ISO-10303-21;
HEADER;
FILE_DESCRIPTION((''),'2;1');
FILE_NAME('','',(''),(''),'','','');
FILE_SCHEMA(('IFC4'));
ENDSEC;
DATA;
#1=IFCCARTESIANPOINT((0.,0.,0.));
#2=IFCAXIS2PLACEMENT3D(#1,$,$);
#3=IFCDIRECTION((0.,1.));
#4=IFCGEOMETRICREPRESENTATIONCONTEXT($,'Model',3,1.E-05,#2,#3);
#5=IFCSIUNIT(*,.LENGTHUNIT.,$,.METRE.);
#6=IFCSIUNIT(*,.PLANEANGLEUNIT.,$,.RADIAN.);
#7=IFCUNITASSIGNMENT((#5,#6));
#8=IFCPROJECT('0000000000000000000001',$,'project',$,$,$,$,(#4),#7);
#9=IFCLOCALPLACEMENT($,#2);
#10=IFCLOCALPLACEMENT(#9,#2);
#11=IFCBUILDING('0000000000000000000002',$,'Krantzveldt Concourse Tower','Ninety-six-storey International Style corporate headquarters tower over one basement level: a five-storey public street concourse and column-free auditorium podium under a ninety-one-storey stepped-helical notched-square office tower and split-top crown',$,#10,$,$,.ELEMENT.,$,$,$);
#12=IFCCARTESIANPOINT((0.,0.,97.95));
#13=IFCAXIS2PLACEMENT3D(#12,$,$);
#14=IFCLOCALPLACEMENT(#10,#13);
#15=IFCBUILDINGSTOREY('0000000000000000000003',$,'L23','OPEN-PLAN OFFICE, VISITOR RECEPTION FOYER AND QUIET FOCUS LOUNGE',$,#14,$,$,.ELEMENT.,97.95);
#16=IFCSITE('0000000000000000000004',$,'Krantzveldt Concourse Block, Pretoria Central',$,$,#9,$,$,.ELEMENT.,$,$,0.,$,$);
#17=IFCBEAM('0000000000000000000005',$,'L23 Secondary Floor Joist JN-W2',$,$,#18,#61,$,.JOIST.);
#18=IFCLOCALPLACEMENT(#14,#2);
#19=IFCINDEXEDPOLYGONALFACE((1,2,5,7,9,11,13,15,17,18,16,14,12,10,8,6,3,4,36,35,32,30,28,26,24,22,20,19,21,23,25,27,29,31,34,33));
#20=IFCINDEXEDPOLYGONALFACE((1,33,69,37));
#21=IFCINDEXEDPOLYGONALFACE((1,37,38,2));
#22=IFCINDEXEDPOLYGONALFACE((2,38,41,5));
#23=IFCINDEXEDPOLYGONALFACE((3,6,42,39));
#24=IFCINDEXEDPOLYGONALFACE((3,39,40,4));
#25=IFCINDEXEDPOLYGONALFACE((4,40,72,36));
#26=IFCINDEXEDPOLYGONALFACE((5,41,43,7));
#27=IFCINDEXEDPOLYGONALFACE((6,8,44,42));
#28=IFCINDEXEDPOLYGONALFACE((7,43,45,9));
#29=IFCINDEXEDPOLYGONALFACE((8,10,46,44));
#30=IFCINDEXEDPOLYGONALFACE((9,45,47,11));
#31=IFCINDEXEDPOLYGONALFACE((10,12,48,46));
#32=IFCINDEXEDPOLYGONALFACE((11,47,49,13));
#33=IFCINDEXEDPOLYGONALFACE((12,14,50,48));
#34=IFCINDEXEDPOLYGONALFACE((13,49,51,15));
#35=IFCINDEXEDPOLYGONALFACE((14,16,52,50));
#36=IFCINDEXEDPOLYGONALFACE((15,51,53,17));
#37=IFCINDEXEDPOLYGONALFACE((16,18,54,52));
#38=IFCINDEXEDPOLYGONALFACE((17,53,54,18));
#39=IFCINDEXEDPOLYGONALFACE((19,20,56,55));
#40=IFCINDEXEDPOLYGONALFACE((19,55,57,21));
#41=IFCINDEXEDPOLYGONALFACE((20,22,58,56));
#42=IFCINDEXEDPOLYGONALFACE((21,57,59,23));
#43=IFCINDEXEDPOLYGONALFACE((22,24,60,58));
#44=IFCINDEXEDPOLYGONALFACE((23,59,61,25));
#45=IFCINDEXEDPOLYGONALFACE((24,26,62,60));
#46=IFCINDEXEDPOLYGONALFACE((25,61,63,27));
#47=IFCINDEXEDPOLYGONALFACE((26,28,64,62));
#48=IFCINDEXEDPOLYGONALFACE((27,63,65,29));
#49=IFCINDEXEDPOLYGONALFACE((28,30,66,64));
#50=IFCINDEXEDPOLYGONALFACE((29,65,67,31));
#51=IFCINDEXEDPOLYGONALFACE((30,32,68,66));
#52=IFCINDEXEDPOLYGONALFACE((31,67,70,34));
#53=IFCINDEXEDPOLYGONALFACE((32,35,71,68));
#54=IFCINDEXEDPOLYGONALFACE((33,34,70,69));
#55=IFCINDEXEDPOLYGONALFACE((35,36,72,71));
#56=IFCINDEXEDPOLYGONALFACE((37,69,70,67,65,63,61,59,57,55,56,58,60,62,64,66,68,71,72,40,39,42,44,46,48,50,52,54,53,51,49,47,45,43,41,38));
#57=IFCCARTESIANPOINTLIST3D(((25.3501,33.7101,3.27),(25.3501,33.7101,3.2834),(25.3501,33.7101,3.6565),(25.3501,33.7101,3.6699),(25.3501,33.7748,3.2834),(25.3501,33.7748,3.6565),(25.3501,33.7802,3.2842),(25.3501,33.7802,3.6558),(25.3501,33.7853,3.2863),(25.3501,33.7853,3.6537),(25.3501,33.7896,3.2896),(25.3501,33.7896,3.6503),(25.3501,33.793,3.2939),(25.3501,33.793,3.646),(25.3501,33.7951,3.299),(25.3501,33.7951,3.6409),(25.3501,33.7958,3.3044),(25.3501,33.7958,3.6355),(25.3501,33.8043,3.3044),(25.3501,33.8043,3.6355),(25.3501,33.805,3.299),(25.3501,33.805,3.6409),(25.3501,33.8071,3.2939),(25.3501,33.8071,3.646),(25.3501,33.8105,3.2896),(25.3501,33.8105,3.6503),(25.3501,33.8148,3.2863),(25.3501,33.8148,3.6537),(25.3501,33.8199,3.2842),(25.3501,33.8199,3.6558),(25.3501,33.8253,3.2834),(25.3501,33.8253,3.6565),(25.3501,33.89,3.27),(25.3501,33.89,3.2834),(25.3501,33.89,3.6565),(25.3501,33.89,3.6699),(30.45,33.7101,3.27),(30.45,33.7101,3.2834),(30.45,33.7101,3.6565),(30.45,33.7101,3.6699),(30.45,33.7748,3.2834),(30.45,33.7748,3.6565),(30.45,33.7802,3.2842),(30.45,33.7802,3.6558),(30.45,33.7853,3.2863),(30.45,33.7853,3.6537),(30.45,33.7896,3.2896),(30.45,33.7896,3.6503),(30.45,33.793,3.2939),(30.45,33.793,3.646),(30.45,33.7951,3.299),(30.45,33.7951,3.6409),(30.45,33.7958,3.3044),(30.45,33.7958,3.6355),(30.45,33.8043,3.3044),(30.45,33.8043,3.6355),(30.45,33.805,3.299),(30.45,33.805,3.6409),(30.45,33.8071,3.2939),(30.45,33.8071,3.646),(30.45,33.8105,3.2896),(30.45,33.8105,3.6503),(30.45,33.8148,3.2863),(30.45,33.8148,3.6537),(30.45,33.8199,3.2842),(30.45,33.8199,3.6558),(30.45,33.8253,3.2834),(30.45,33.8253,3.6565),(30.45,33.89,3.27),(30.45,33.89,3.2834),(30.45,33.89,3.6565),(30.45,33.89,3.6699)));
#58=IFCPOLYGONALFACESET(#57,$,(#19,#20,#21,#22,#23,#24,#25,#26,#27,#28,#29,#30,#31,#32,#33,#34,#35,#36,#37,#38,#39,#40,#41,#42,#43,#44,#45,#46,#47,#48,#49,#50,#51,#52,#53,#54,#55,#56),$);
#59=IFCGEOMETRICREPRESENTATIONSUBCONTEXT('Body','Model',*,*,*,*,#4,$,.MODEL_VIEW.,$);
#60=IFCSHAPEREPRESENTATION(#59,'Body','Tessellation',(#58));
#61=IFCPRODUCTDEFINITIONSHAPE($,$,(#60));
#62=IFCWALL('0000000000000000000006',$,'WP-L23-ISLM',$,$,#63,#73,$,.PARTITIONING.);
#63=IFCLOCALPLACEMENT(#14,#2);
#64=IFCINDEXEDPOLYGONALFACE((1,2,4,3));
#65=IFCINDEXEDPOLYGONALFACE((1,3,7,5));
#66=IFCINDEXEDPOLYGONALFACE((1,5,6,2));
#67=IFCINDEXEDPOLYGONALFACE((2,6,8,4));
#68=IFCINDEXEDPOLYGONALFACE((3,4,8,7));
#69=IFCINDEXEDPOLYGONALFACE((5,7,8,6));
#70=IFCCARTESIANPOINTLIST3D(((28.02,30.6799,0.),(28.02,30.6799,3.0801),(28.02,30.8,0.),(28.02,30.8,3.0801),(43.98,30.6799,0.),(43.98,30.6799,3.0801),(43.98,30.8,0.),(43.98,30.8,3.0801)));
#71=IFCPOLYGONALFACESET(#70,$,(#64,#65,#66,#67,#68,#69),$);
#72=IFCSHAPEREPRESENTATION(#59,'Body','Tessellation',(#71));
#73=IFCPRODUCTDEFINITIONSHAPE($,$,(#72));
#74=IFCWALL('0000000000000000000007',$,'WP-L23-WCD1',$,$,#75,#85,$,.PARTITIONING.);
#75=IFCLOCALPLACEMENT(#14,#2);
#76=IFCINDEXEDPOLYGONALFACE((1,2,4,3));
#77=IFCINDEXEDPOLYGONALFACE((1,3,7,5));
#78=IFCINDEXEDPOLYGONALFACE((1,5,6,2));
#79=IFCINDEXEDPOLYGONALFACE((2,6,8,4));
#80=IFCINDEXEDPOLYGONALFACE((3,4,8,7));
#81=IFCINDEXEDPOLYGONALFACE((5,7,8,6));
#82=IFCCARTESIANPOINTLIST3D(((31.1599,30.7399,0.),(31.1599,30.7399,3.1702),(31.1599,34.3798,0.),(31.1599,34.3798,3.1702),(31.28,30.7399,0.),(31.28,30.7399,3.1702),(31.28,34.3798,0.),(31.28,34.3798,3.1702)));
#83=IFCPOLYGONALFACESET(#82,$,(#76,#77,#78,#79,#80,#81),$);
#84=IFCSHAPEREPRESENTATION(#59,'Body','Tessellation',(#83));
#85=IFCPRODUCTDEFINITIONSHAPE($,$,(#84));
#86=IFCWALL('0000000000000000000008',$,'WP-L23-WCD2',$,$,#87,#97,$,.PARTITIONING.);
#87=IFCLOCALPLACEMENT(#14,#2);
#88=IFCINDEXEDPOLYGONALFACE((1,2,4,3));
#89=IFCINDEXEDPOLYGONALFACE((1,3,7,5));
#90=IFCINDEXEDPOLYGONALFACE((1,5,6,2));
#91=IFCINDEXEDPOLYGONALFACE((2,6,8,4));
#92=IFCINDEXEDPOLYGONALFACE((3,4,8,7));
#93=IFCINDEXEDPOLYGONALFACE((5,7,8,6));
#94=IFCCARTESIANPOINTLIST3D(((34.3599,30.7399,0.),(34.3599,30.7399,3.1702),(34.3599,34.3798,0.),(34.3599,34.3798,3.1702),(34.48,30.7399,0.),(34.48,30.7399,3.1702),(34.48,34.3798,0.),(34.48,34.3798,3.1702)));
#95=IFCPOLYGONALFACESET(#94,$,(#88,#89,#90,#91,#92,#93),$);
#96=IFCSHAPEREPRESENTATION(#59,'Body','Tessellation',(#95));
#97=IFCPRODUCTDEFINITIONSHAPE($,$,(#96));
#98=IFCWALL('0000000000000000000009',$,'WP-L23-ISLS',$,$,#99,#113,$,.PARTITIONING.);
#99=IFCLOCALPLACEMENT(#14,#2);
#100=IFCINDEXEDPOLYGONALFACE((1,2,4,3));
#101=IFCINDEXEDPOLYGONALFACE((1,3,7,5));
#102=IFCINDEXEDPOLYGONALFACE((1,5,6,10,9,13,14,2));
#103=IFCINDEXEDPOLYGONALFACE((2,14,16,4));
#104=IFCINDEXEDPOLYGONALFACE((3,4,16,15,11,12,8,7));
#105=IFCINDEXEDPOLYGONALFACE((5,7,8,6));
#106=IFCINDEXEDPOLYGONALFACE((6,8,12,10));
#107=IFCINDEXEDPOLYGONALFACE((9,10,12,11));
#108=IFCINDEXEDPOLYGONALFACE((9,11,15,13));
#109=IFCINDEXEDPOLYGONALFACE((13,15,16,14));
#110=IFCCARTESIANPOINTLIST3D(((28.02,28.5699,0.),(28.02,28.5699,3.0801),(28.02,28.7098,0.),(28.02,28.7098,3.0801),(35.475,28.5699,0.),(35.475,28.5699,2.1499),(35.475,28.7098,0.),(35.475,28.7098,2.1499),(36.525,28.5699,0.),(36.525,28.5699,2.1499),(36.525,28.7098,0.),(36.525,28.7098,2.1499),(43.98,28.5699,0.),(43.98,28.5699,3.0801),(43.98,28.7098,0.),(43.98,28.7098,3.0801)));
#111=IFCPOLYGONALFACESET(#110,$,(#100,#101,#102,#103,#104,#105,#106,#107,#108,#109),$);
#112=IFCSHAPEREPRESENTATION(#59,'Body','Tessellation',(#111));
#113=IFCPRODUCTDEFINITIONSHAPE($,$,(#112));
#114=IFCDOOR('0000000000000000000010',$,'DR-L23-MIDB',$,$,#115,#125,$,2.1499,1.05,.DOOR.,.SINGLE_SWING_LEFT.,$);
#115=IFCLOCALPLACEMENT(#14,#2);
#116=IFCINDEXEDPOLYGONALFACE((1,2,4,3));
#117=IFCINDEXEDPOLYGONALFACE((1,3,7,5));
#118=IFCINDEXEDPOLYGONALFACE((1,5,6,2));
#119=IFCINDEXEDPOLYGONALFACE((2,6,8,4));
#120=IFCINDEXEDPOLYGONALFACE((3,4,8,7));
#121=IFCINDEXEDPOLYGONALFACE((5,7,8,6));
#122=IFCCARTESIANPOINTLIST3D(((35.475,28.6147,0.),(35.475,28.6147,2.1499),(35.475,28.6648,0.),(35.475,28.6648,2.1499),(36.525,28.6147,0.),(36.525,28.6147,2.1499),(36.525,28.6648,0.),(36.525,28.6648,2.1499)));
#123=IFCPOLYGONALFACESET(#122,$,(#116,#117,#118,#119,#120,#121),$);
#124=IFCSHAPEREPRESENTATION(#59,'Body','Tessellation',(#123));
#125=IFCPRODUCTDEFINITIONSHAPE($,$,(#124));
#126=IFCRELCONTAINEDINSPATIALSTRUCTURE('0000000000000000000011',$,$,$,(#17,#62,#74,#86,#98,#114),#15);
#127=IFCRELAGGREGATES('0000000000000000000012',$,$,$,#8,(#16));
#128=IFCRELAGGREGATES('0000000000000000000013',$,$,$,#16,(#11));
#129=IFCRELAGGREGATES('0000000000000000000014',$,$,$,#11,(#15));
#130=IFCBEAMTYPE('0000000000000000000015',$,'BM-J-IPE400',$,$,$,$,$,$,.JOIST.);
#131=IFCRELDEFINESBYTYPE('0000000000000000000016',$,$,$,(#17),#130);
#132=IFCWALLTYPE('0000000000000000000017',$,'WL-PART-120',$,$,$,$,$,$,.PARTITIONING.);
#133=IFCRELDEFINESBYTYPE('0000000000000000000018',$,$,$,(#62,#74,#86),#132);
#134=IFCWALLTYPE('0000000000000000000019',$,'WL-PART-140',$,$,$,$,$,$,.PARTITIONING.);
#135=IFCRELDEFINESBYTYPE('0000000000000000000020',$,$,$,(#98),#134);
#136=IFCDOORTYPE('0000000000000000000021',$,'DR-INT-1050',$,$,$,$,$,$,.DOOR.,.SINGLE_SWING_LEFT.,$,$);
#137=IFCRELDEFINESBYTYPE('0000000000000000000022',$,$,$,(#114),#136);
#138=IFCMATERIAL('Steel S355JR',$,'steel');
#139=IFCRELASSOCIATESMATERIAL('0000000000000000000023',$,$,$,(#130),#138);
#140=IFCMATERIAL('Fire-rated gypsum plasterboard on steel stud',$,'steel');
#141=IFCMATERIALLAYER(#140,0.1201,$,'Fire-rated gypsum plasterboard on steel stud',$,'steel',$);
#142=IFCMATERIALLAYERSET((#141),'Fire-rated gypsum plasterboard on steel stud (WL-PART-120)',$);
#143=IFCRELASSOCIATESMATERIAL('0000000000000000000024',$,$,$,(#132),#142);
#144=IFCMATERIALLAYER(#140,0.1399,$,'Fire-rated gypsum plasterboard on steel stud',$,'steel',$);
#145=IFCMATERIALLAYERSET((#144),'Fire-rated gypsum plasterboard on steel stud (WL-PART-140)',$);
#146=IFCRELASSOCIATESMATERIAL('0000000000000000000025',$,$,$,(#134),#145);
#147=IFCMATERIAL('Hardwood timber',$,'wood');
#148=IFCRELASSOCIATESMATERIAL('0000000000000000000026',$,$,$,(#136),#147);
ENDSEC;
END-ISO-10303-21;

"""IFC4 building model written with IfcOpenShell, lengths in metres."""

from ifc_helpers import new_model, si_unit, direction, frame, frame_2d, origin, origin_2d, place, context, subcontext, project, spatial, rectangle, i_section, extrude, source, transform, mapped, material, layer, layer_set, material_profile, profile_set, type_object, type_shapes, element, fill, save


model = new_model("IFC4")

# Units and contexts
model_context = context("Model", 3, precision=1e-05, world=origin(), true_north=direction((0.0, 1.0)))
body_context = subcontext(model_context, "Body", "Model", "MODEL_VIEW")
ifc_project = project(units=[si_unit("LENGTHUNIT", "METRE"), si_unit("PLANEANGLEUNIT", "RADIAN")], contexts=[model_context])

# Site, building, storey
site_placement = place(None, origin())
site = spatial("IfcSite", under=ifc_project, at=site_placement, Name="Krantzveldt Concourse Block, Pretoria Central", CompositionType="ELEMENT", RefElevation=0.0)
building_placement = place(site_placement, origin())
building = spatial("IfcBuilding", under=site, at=building_placement, Name="Krantzveldt Concourse Tower", Description="Ninety-six-storey International Style corporate headquarters tower over one basement level: a five-storey public street concourse and column-free auditorium podium under a ninety-one-storey stepped-helical notched-square office tower and split-top crown", CompositionType="ELEMENT")
storey_placement = place(building_placement, frame((0.0, 0.0, 97.95)))
storey = spatial("IfcBuildingStorey", under=building, at=storey_placement, Name="L23", Description="OPEN-PLAN OFFICE, VISITOR RECEPTION FOYER AND QUIET FOCUS LOUNGE", CompositionType="ELEMENT", Elevation=97.95)

# Beam
ifc_material_1 = material(Name="Steel S355JR", Category="steel")
ifc_material_profile_1 = material_profile(ifc_material_1, i_section(OverallWidth=0.1799, OverallDepth=0.3999, WebThickness=0.0085, FlangeThickness=0.0134, FilletRadius=0.021, at=origin_2d()), Name="Steel S355JR", Category="steel")
ifc_profile_set_1 = profile_set([ifc_material_profile_1], Name="Steel S355JR - IPE 400")
beam_type_1 = type_object("IfcBeamType", Name="BM-J-IPE400", PredefinedType="JOIST", material=ifc_profile_set_1)
shared_shape_1 = source(origin(), body_context, "Body", "SweptSolid", [
    extrude(i_section(OverallWidth=0.1799, OverallDepth=0.3999, WebThickness=0.0085, FlangeThickness=0.0134, FilletRadius=0.021, at=origin_2d()), origin(), (0.0, 0.0, 1.0), 5.0999),
])
type_shapes(beam_type_1, [shared_shape_1])
beam_1_placement = place(storey_placement, frame((25.3501, 33.8, 3.47), z_axis=(1.0, 0.0, 0.0), x_axis=(0.0, 1.0, 0.0)))
element("IfcBeam", 1, at=beam_1_placement, inside=storey, type_object=beam_type_1, Name="L23 Secondary Floor Joist JN-W2", PredefinedType="JOIST", context=body_context, shape_type="MappedRepresentation", body=[
    mapped(shared_shape_1, transform((0.0, 0.0, 0.0), x_axis=(1.0, 0.0, 0.0), y_axis=(0.0, 1.0, 0.0), z_axis=(0.0, 0.0, 1.0), scale=1.0)),
])

# Walls
ifc_material_2 = material(Name="Fire-rated gypsum plasterboard on steel stud", Category="steel")
ifc_layer_1 = layer(ifc_material_2, 0.1201, Name="Fire-rated gypsum plasterboard on steel stud", Category="steel")
ifc_layer_set_1 = layer_set([ifc_layer_1], Name="Fire-rated gypsum plasterboard on steel stud (WL-PART-120)")
wall_type_1 = type_object("IfcWallType", Name="WL-PART-120", PredefinedType="PARTITIONING", material=ifc_layer_set_1)
wall_1_placement = place(storey_placement, frame((28.02, 30.74, 0.0), z_axis=(0.0, 0.0, 1.0), x_axis=(1.0, 0.0, 0.0)))
element("IfcWall", 2, at=wall_1_placement, inside=storey, type_object=wall_type_1, Name="WP-L23-ISLM", PredefinedType="PARTITIONING", context=body_context, shape_type="SweptSolid", body=[
    extrude(rectangle(XDim=15.96, YDim=0.1201, at=frame_2d((7.98, 0.0))), origin(), (0.0, 0.0, 1.0), 3.0801),
])
for number, where, z_axis, x_axis, name in (
    (3, (31.22, 30.74, 0.0), (0.0, 0.0, 1.0), (0.0, 1.0, 0.0), "WP-L23-WCD1"),
    (4, (34.4199, 30.74, 0.0), (0.0, 0.0, 1.0), (0.0, 1.0, 0.0), "WP-L23-WCD2"),
):
    element("IfcWall", number, at=place(storey_placement, frame(where, z_axis=z_axis, x_axis=x_axis)), inside=storey, type_object=wall_type_1, Name=name, PredefinedType="PARTITIONING", context=body_context, shape_type="SweptSolid", body=[
        extrude(rectangle(XDim=3.6399, YDim=0.1201, at=frame_2d((1.8198, 0.0))), origin(), (0.0, 0.0, 1.0), 3.1702),
    ])

# Wall, opening, door
ifc_layer_2 = layer(ifc_material_2, 0.1399, Name="Fire-rated gypsum plasterboard on steel stud", Category="steel")
ifc_layer_set_2 = layer_set([ifc_layer_2], Name="Fire-rated gypsum plasterboard on steel stud (WL-PART-140)")
wall_type_2 = type_object("IfcWallType", Name="WL-PART-140", PredefinedType="PARTITIONING", material=ifc_layer_set_2)
wall_2_placement = place(storey_placement, frame((28.02, 28.6399, 0.0), z_axis=(0.0, 0.0, 1.0), x_axis=(1.0, 0.0, 0.0)))
wall_2 = element("IfcWall", 5, at=wall_2_placement, inside=storey, type_object=wall_type_2, Name="WP-L23-ISLS", PredefinedType="PARTITIONING", context=body_context, shape_type="SweptSolid", body=[
    extrude(rectangle(XDim=15.96, YDim=0.1399, at=frame_2d((7.98, 0.0))), origin(), (0.0, 0.0, 1.0), 3.0801),
])
opening_1_placement = place(wall_2_placement, frame((7.4551, 0.0, 0.0)))
opening_1 = element("IfcOpeningElement", 6, at=opening_1_placement, cuts=wall_2, PredefinedType="OPENING", context=body_context, shape_type="SweptSolid", body=[
    extrude(rectangle(XDim=1.05, YDim=2.1499, at=frame_2d((0.5249, 1.075))), frame((0.0, 0.0801, 0.0), z_axis=(0.0, -1.0, 0.0), x_axis=(1.0, 0.0, 0.0)), (0.0, 0.0, 1.0), 0.1599),
])
ifc_material_3 = material(Name="Hardwood timber", Category="wood")
door_type_1 = type_object("IfcDoorType", Name="DR-INT-1050", OperationType="SINGLE_SWING_LEFT", PredefinedType="DOOR", material=ifc_material_3)
door_1_placement = place(opening_1_placement, origin())
door_1 = element("IfcDoor", 7, at=door_1_placement, inside=storey, type_object=door_type_1, Name="DR-L23-MIDB", OperationType="SINGLE_SWING_LEFT", OverallHeight=2.1499, OverallWidth=1.05, PredefinedType="DOOR", context=body_context, shape_type="SweptSolid", body=[
    extrude(rectangle(XDim=1.05, YDim=2.1499, at=frame_2d((0.5249, 1.075))), frame((0.0, 0.0249, 0.0), z_axis=(0.0, -1.0, 0.0), x_axis=(1.0, 0.0, 0.0)), (0.0, 0.0, 1.0), 0.05),
])
fill(opening_1, door_1)

save(model, "model.ifc")
